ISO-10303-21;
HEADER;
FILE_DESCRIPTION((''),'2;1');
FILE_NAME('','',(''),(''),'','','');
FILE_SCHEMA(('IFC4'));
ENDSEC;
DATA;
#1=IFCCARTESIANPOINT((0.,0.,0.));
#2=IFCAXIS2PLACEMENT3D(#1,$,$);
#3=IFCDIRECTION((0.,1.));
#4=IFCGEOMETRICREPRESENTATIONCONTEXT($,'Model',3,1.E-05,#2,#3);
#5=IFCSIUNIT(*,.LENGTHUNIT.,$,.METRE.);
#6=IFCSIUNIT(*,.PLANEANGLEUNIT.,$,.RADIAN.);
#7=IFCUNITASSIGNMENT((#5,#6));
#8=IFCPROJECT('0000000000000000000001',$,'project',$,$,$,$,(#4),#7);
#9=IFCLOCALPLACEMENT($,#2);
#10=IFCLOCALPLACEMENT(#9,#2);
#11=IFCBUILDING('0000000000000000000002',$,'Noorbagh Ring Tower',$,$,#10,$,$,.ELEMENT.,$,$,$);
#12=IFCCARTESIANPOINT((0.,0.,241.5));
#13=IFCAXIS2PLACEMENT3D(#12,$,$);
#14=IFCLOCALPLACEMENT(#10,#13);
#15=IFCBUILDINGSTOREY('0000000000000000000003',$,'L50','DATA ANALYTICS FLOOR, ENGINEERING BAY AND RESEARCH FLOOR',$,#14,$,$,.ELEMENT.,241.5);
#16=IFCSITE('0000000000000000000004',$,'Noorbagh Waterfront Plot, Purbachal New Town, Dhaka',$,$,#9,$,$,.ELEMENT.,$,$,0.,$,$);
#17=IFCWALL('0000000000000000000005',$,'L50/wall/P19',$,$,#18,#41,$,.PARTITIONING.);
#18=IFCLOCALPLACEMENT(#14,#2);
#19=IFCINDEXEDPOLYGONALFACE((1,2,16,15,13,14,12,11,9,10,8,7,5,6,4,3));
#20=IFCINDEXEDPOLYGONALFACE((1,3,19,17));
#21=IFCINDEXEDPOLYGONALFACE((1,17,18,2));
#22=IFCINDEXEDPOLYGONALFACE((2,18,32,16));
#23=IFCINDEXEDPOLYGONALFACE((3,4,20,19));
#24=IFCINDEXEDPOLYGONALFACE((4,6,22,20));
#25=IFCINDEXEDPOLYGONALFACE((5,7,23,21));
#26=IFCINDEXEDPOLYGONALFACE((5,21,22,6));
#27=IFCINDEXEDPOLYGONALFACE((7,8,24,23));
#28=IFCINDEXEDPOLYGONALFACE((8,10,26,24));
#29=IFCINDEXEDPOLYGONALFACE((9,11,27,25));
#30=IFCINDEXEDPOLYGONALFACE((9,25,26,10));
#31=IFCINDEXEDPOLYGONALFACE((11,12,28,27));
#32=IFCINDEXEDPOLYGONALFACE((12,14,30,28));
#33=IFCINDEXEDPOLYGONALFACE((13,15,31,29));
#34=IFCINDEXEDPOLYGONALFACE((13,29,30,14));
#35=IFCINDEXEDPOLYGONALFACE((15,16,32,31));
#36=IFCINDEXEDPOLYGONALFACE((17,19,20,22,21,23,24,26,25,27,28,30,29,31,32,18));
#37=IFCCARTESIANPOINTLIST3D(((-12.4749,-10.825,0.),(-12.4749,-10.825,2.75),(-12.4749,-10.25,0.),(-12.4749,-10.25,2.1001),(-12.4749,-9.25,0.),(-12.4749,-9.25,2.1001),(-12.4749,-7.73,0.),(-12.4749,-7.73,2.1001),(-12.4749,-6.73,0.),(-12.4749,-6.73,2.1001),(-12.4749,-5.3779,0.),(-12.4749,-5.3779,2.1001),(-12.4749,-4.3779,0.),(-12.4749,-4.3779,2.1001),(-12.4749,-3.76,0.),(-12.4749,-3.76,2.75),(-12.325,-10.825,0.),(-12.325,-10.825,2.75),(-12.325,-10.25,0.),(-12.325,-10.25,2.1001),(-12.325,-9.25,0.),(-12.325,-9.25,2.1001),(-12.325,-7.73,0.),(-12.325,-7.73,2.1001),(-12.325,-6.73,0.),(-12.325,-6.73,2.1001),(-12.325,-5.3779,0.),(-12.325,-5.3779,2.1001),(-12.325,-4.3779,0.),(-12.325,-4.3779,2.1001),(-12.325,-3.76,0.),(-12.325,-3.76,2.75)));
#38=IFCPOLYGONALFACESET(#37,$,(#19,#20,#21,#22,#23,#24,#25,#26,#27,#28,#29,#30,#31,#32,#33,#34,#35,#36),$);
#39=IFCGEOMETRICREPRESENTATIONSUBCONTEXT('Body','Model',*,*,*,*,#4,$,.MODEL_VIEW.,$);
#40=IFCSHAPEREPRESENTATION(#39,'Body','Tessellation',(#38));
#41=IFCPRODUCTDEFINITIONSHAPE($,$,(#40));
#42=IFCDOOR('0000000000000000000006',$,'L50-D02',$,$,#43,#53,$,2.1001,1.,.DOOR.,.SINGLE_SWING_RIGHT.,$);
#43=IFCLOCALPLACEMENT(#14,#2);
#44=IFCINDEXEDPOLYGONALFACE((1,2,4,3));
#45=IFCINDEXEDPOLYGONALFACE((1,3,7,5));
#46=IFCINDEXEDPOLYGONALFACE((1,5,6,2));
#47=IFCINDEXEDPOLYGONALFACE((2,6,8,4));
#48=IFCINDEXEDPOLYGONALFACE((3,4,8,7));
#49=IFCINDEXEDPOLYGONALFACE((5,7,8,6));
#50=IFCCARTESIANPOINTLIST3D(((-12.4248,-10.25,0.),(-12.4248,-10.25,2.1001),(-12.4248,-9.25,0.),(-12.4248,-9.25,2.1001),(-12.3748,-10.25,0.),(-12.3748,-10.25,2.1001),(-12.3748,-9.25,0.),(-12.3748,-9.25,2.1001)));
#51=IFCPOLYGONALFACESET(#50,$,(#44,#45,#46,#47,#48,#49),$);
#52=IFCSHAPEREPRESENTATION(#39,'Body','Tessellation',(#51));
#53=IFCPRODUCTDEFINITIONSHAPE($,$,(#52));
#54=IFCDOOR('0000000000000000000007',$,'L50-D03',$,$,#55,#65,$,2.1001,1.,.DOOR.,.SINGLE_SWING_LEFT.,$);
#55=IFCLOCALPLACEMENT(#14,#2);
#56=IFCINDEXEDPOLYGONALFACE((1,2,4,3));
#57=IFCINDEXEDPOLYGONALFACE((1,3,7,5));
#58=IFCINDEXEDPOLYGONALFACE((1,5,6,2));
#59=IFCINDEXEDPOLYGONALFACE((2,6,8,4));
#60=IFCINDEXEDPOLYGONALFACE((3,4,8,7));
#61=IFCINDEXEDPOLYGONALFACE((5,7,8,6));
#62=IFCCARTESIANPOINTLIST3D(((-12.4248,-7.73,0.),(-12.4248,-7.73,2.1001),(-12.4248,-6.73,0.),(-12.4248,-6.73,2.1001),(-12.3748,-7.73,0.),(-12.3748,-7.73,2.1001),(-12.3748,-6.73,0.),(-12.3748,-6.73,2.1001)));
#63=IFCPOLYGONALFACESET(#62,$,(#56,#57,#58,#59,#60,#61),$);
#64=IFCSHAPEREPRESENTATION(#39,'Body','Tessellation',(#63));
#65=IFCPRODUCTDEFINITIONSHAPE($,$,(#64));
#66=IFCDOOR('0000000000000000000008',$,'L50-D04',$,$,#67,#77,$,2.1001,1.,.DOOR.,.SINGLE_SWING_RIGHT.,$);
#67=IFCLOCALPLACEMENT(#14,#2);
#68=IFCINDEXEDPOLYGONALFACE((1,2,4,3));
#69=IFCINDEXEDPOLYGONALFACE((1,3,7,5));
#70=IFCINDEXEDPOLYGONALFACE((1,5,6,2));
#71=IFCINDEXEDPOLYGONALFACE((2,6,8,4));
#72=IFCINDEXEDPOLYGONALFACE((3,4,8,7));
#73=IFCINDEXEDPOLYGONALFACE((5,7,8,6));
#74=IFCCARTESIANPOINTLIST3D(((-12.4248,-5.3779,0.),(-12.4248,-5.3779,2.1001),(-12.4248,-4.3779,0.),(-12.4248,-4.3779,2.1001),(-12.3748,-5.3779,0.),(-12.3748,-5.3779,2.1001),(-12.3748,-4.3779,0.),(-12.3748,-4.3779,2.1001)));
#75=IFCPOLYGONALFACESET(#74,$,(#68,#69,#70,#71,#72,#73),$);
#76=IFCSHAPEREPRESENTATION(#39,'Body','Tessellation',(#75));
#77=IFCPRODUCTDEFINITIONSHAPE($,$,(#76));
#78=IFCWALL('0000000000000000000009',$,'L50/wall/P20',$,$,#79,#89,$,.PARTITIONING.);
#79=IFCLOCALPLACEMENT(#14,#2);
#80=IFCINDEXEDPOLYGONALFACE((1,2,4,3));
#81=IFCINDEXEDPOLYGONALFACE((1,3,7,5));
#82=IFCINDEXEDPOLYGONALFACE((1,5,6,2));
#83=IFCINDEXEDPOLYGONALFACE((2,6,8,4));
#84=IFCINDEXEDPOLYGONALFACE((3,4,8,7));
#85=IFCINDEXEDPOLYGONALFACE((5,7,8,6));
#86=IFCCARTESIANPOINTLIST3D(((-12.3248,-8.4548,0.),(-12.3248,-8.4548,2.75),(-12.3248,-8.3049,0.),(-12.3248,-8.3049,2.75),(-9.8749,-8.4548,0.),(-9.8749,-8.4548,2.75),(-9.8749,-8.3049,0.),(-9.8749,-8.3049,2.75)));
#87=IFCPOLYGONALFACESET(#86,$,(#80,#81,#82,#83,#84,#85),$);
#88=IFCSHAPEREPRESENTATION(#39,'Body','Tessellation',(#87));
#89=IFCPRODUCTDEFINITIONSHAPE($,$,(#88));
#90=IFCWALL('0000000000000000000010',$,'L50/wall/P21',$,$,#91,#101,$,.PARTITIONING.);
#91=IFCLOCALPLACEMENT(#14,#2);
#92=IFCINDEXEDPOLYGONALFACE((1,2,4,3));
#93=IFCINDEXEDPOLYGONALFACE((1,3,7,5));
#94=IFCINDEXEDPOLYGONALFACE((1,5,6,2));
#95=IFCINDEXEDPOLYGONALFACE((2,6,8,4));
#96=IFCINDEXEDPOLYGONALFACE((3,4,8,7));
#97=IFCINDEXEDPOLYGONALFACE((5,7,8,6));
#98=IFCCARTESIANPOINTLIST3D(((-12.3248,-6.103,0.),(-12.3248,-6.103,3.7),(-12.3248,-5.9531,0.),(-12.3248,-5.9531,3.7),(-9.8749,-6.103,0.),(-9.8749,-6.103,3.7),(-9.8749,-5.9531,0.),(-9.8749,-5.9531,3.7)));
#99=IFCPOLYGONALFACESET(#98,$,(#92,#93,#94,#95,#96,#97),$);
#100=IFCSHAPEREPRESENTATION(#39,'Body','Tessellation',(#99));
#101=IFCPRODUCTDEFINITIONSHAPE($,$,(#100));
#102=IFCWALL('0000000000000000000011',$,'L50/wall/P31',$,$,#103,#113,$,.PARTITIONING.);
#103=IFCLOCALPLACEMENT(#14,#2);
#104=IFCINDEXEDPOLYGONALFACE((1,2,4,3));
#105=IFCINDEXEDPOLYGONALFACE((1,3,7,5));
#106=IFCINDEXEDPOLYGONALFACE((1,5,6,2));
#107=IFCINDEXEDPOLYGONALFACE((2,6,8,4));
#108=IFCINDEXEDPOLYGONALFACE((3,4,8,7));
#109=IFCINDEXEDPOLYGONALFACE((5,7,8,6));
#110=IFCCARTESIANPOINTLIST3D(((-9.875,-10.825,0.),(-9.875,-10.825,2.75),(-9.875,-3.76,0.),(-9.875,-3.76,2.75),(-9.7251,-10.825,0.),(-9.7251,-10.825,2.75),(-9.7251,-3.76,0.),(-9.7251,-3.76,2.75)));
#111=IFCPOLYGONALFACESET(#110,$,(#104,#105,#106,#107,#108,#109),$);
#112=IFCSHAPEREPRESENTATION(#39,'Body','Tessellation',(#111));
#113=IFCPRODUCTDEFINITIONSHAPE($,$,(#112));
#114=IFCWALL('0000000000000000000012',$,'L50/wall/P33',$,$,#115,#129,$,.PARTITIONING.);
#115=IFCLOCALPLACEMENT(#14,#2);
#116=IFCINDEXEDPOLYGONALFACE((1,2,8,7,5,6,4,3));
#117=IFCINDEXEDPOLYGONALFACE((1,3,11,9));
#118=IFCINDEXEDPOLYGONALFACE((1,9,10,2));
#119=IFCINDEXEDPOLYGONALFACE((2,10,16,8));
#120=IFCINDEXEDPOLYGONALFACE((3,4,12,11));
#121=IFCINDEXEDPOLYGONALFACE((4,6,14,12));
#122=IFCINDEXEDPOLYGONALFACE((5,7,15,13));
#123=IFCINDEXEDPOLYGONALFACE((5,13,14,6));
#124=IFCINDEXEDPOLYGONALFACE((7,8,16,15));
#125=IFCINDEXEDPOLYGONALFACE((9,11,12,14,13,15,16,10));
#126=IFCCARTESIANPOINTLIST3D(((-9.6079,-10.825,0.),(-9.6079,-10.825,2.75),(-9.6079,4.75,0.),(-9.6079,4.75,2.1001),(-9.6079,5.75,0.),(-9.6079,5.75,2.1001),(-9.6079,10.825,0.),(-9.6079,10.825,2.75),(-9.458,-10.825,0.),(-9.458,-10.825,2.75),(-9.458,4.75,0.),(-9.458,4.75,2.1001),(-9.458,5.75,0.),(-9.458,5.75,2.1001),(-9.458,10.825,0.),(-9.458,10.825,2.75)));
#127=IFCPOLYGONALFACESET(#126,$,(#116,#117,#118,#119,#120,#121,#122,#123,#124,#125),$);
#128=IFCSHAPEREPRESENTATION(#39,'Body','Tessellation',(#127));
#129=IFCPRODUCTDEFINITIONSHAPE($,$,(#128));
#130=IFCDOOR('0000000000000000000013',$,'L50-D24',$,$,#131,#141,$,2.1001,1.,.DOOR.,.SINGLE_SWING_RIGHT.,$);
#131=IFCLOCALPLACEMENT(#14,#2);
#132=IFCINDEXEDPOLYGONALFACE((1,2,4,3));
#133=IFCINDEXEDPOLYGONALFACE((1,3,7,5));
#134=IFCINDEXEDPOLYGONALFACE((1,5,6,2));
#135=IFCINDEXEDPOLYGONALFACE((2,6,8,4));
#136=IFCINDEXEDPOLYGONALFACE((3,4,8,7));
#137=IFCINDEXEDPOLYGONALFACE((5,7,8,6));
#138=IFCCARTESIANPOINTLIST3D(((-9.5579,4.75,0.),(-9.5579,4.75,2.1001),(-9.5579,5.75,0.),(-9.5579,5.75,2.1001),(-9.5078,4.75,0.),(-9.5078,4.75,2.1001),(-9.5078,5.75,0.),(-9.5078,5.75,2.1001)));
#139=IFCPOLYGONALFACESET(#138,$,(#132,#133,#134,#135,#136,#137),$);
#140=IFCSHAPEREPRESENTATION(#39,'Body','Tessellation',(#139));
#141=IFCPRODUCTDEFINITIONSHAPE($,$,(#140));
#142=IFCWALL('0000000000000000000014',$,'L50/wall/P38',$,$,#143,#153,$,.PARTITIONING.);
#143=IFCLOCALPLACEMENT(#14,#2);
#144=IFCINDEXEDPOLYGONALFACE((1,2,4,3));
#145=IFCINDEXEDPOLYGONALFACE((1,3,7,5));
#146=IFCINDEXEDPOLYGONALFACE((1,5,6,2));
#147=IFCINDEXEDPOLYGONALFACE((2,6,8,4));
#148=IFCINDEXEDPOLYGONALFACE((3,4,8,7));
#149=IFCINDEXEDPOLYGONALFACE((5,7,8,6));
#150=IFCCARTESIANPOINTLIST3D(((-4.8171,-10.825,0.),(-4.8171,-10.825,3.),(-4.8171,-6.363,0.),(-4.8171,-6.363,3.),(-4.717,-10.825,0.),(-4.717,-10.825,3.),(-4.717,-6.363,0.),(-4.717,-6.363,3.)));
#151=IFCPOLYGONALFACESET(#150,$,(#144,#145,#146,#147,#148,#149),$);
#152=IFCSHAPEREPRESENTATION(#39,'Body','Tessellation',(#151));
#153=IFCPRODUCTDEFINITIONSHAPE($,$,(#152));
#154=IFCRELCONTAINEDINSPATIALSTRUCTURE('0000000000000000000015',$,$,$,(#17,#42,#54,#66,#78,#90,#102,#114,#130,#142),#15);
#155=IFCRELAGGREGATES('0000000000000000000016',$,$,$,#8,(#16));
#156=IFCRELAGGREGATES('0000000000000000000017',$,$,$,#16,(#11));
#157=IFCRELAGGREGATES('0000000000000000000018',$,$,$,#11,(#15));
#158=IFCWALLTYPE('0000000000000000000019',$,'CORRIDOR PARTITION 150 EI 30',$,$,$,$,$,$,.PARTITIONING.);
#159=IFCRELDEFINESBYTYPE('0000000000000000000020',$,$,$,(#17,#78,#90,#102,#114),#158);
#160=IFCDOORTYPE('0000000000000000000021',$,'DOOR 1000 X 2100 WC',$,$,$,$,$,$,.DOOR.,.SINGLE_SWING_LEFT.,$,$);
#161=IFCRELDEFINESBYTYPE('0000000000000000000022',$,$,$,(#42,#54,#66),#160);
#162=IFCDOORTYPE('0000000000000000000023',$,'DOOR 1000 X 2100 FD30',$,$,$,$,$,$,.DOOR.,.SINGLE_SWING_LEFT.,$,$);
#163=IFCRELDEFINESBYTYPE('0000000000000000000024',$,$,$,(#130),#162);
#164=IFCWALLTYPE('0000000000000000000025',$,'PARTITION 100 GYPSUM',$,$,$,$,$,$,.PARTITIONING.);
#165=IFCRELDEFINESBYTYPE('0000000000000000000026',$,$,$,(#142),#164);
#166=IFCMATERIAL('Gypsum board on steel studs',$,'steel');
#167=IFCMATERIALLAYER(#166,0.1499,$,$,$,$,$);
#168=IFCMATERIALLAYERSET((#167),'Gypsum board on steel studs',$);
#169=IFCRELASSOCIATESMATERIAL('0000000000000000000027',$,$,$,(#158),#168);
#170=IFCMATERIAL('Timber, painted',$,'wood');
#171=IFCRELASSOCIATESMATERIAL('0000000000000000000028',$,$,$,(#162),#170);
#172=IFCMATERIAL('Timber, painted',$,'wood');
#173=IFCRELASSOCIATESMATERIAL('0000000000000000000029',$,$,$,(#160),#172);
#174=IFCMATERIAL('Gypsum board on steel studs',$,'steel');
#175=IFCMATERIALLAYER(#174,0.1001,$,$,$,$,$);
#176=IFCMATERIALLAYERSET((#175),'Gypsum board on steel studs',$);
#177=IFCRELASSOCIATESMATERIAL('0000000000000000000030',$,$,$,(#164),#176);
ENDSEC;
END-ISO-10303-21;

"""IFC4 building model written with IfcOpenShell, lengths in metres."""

from ifc_helpers import new_model, si_unit, direction, frame, frame_2d, origin, place, context, subcontext, project, spatial, rectangle, extrude, material, layer, layer_set, type_object, element, fill, save


model = new_model("IFC4")

# Units and contexts
model_context = context("Model", 3, precision=1e-05, world=origin(), true_north=direction((0.0, 1.0)))
body_context = subcontext(model_context, "Body", "Model", "MODEL_VIEW")
ifc_project = project(units=[si_unit("LENGTHUNIT", "METRE"), si_unit("PLANEANGLEUNIT", "RADIAN")], contexts=[model_context])

# Site, building, storey
site_placement = place(None, origin())
site = spatial("IfcSite", under=ifc_project, at=site_placement, Name="Noorbagh Waterfront Plot, Purbachal New Town, Dhaka", CompositionType="ELEMENT", RefElevation=0.0)
building_placement = place(site_placement, origin())
building = spatial("IfcBuilding", under=site, at=building_placement, Name="Noorbagh Ring Tower", CompositionType="ELEMENT")
storey_placement = place(building_placement, frame((0.0, 0.0, 241.5)))
storey = spatial("IfcBuildingStorey", under=building, at=storey_placement, Name="L50", Description="DATA ANALYTICS FLOOR, ENGINEERING BAY AND RESEARCH FLOOR", CompositionType="ELEMENT", Elevation=241.5)

# Wall, openings, doors
ifc_material_1 = material(Name="Gypsum board on steel studs", Category="steel")
ifc_layer_1 = layer(ifc_material_1, 0.1499)
ifc_layer_set_1 = layer_set([ifc_layer_1], Name="Gypsum board on steel studs")
wall_type_1 = type_object("IfcWallType", Name="CORRIDOR PARTITION 150 EI 30", PredefinedType="PARTITIONING", material=ifc_layer_set_1)
ifc_material_2 = material(Name="Timber, painted", Category="wood")
door_type_1 = type_object("IfcDoorType", Name="DOOR 1000 X 2100 FD30", OperationType="SINGLE_SWING_LEFT", PredefinedType="DOOR", material=ifc_material_2)
wall_1_placement = place(storey_placement, frame((-12.3999, -10.825, 0.0), z_axis=(0.0, 0.0, 1.0), x_axis=(0.0, 1.0, 0.0)))
wall_1 = element("IfcWall", 1, at=wall_1_placement, inside=storey, type_object=wall_type_1, Name="L50/wall/P19", PredefinedType="PARTITIONING", context=body_context, shape_type="SweptSolid", body=[
    extrude(rectangle(XDim=7.0649, YDim=0.1499, at=frame_2d((3.5325, 0.0))), origin(), (0.0, 0.0, 1.0), 2.75),
])
opening_1_placement = place(wall_1_placement, frame((0.575, 0.0, 0.0)))
opening_1 = element("IfcOpeningElement", 2, at=opening_1_placement, cuts=wall_1, PredefinedType="OPENING", context=body_context, shape_type="SweptSolid", body=[
    extrude(rectangle(XDim=1.0, YDim=2.1001, at=frame_2d((0.5, 1.05))), frame((0.0, 0.085, 0.0), z_axis=(0.0, -1.0, 0.0), x_axis=(1.0, 0.0, 0.0)), (0.0, 0.0, 1.0), 0.1699),
])
opening_2_placement = place(wall_1_placement, frame((3.095, 0.0, 0.0)))
opening_2 = element("IfcOpeningElement", 3, at=opening_2_placement, cuts=wall_1, PredefinedType="OPENING", context=body_context, shape_type="SweptSolid", body=[
    extrude(rectangle(XDim=1.0, YDim=2.1001, at=frame_2d((0.5, 1.05))), frame((0.0, 0.085, 0.0), z_axis=(0.0, -1.0, 0.0), x_axis=(1.0, 0.0, 0.0)), (0.0, 0.0, 1.0), 0.1699),
])
opening_3_placement = place(wall_1_placement, frame((5.447, 0.0, 0.0)))
opening_3 = element("IfcOpeningElement", 4, at=opening_3_placement, cuts=wall_1, PredefinedType="OPENING", context=body_context, shape_type="SweptSolid", body=[
    extrude(rectangle(XDim=1.0, YDim=2.1001, at=frame_2d((0.5, 1.05))), frame((0.0, 0.085, 0.0), z_axis=(0.0, -1.0, 0.0), x_axis=(1.0, 0.0, 0.0)), (0.0, 0.0, 1.0), 0.1699),
])
ifc_material_3 = material(Name="Timber, painted", Category="wood")
door_type_2 = type_object("IfcDoorType", Name="DOOR 1000 X 2100 WC", OperationType="SINGLE_SWING_LEFT", PredefinedType="DOOR", material=ifc_material_3)
door_1_placement = place(opening_1_placement, origin())
door_1 = element("IfcDoor", 5, at=door_1_placement, inside=storey, type_object=door_type_2, Name="L50-D02", OperationType="SINGLE_SWING_RIGHT", OverallHeight=2.1001, OverallWidth=1.0, PredefinedType="DOOR", context=body_context, shape_type="SweptSolid", body=[
    extrude(rectangle(XDim=1.0, YDim=2.1001, at=frame_2d((0.5, 1.05))), frame((0.0, 0.0249, 0.0), z_axis=(0.0, -1.0, 0.0), x_axis=(1.0, 0.0, 0.0)), (0.0, 0.0, 1.0), 0.05),
])
fill(opening_1, door_1)
door_2_placement = place(opening_2_placement, origin())
door_2 = element("IfcDoor", 6, at=door_2_placement, inside=storey, type_object=door_type_2, Name="L50-D03", OperationType="SINGLE_SWING_LEFT", OverallHeight=2.1001, OverallWidth=1.0, PredefinedType="DOOR", context=body_context, shape_type="SweptSolid", body=[
    extrude(rectangle(XDim=1.0, YDim=2.1001, at=frame_2d((0.5, 1.05))), frame((0.0, 0.0249, 0.0), z_axis=(0.0, -1.0, 0.0), x_axis=(1.0, 0.0, 0.0)), (0.0, 0.0, 1.0), 0.05),
])
fill(opening_2, door_2)
door_3_placement = place(opening_3_placement, origin())
door_3 = element("IfcDoor", 7, at=door_3_placement, inside=storey, type_object=door_type_2, Name="L50-D04", OperationType="SINGLE_SWING_RIGHT", OverallHeight=2.1001, OverallWidth=1.0, PredefinedType="DOOR", context=body_context, shape_type="SweptSolid", body=[
    extrude(rectangle(XDim=1.0, YDim=2.1001, at=frame_2d((0.5, 1.05))), frame((0.0, 0.0249, 0.0), z_axis=(0.0, -1.0, 0.0), x_axis=(1.0, 0.0, 0.0)), (0.0, 0.0, 1.0), 0.05),
])
fill(opening_3, door_3)

# Walls
wall_2_placement = place(storey_placement, frame((-12.325, -8.3799, 0.0), z_axis=(0.0, 0.0, 1.0), x_axis=(1.0, 0.0, 0.0)))
element("IfcWall", 8, at=wall_2_placement, inside=storey, type_object=wall_type_1, Name="L50/wall/P20", PredefinedType="PARTITIONING", context=body_context, shape_type="SweptSolid", body=[
    extrude(rectangle(XDim=2.45, YDim=0.1499, at=frame_2d((1.2251, 0.0))), origin(), (0.0, 0.0, 1.0), 2.75),
])
wall_3_placement = place(storey_placement, frame((-12.325, -6.0281, 0.0), z_axis=(0.0, 0.0, 1.0), x_axis=(1.0, 0.0, 0.0)))
element("IfcWall", 9, at=wall_3_placement, inside=storey, type_object=wall_type_1, Name="L50/wall/P21", PredefinedType="PARTITIONING", context=body_context, shape_type="SweptSolid", body=[
    extrude(rectangle(XDim=2.45, YDim=0.1499, at=frame_2d((1.2251, 0.0))), origin(), (0.0, 0.0, 1.0), 3.7),
])
wall_4_placement = place(storey_placement, frame((-9.8, -10.825, 0.0), z_axis=(0.0, 0.0, 1.0), x_axis=(0.0, 1.0, 0.0)))
element("IfcWall", 10, at=wall_4_placement, inside=storey, type_object=wall_type_1, Name="L50/wall/P31", PredefinedType="PARTITIONING", context=body_context, shape_type="SweptSolid", body=[
    extrude(rectangle(XDim=7.0649, YDim=0.1499, at=frame_2d((3.5325, 0.0))), origin(), (0.0, 0.0, 1.0), 2.75),
])

# Wall, opening, door
wall_5_placement = place(storey_placement, frame((-9.533, -10.825, 0.0), z_axis=(0.0, 0.0, 1.0), x_axis=(0.0, 1.0, 0.0)))
wall_5 = element("IfcWall", 11, at=wall_5_placement, inside=storey, type_object=wall_type_1, Name="L50/wall/P33", PredefinedType="PARTITIONING", context=body_context, shape_type="SweptSolid", body=[
    extrude(rectangle(XDim=21.6499, YDim=0.1499, at=frame_2d((10.825, 0.0))), origin(), (0.0, 0.0, 1.0), 2.75),
])
opening_4_placement = place(wall_5_placement, frame((15.575, 0.0, 0.0)))
opening_4 = element("IfcOpeningElement", 12, at=opening_4_placement, cuts=wall_5, PredefinedType="OPENING", context=body_context, shape_type="SweptSolid", body=[
    extrude(rectangle(XDim=1.0, YDim=2.1001, at=frame_2d((0.5, 1.05))), frame((0.0, 0.085, 0.0), z_axis=(0.0, -1.0, 0.0), x_axis=(1.0, 0.0, 0.0)), (0.0, 0.0, 1.0), 0.1699),
])
door_4_placement = place(opening_4_placement, origin())
door_4 = element("IfcDoor", 13, at=door_4_placement, inside=storey, type_object=door_type_1, Name="L50-D24", OperationType="SINGLE_SWING_RIGHT", OverallHeight=2.1001, OverallWidth=1.0, PredefinedType="DOOR", context=body_context, shape_type="SweptSolid", body=[
    extrude(rectangle(XDim=1.0, YDim=2.1001, at=frame_2d((0.5, 1.05))), frame((0.0, 0.0249, 0.0), z_axis=(0.0, -1.0, 0.0), x_axis=(1.0, 0.0, 0.0)), (0.0, 0.0, 1.0), 0.05),
])
fill(opening_4, door_4)

# Wall
ifc_material_4 = material(Name="Gypsum board on steel studs", Category="steel")
ifc_layer_2 = layer(ifc_material_4, 0.1001)
ifc_layer_set_2 = layer_set([ifc_layer_2], Name="Gypsum board on steel studs")
wall_type_2 = type_object("IfcWallType", Name="PARTITION 100 GYPSUM", PredefinedType="PARTITIONING", material=ifc_layer_set_2)
wall_6_placement = place(storey_placement, frame((-4.7671, -10.825, 0.0), z_axis=(0.0, 0.0, 1.0), x_axis=(0.0, 1.0, 0.0)))
element("IfcWall", 14, at=wall_6_placement, inside=storey, type_object=wall_type_2, Name="L50/wall/P38", PredefinedType="PARTITIONING", context=body_context, shape_type="SweptSolid", body=[
    extrude(rectangle(XDim=4.4619, YDim=0.1001, at=frame_2d((2.231, 0.0))), origin(), (0.0, 0.0, 1.0), 3.0),
])

save(model, "model.ifc")
